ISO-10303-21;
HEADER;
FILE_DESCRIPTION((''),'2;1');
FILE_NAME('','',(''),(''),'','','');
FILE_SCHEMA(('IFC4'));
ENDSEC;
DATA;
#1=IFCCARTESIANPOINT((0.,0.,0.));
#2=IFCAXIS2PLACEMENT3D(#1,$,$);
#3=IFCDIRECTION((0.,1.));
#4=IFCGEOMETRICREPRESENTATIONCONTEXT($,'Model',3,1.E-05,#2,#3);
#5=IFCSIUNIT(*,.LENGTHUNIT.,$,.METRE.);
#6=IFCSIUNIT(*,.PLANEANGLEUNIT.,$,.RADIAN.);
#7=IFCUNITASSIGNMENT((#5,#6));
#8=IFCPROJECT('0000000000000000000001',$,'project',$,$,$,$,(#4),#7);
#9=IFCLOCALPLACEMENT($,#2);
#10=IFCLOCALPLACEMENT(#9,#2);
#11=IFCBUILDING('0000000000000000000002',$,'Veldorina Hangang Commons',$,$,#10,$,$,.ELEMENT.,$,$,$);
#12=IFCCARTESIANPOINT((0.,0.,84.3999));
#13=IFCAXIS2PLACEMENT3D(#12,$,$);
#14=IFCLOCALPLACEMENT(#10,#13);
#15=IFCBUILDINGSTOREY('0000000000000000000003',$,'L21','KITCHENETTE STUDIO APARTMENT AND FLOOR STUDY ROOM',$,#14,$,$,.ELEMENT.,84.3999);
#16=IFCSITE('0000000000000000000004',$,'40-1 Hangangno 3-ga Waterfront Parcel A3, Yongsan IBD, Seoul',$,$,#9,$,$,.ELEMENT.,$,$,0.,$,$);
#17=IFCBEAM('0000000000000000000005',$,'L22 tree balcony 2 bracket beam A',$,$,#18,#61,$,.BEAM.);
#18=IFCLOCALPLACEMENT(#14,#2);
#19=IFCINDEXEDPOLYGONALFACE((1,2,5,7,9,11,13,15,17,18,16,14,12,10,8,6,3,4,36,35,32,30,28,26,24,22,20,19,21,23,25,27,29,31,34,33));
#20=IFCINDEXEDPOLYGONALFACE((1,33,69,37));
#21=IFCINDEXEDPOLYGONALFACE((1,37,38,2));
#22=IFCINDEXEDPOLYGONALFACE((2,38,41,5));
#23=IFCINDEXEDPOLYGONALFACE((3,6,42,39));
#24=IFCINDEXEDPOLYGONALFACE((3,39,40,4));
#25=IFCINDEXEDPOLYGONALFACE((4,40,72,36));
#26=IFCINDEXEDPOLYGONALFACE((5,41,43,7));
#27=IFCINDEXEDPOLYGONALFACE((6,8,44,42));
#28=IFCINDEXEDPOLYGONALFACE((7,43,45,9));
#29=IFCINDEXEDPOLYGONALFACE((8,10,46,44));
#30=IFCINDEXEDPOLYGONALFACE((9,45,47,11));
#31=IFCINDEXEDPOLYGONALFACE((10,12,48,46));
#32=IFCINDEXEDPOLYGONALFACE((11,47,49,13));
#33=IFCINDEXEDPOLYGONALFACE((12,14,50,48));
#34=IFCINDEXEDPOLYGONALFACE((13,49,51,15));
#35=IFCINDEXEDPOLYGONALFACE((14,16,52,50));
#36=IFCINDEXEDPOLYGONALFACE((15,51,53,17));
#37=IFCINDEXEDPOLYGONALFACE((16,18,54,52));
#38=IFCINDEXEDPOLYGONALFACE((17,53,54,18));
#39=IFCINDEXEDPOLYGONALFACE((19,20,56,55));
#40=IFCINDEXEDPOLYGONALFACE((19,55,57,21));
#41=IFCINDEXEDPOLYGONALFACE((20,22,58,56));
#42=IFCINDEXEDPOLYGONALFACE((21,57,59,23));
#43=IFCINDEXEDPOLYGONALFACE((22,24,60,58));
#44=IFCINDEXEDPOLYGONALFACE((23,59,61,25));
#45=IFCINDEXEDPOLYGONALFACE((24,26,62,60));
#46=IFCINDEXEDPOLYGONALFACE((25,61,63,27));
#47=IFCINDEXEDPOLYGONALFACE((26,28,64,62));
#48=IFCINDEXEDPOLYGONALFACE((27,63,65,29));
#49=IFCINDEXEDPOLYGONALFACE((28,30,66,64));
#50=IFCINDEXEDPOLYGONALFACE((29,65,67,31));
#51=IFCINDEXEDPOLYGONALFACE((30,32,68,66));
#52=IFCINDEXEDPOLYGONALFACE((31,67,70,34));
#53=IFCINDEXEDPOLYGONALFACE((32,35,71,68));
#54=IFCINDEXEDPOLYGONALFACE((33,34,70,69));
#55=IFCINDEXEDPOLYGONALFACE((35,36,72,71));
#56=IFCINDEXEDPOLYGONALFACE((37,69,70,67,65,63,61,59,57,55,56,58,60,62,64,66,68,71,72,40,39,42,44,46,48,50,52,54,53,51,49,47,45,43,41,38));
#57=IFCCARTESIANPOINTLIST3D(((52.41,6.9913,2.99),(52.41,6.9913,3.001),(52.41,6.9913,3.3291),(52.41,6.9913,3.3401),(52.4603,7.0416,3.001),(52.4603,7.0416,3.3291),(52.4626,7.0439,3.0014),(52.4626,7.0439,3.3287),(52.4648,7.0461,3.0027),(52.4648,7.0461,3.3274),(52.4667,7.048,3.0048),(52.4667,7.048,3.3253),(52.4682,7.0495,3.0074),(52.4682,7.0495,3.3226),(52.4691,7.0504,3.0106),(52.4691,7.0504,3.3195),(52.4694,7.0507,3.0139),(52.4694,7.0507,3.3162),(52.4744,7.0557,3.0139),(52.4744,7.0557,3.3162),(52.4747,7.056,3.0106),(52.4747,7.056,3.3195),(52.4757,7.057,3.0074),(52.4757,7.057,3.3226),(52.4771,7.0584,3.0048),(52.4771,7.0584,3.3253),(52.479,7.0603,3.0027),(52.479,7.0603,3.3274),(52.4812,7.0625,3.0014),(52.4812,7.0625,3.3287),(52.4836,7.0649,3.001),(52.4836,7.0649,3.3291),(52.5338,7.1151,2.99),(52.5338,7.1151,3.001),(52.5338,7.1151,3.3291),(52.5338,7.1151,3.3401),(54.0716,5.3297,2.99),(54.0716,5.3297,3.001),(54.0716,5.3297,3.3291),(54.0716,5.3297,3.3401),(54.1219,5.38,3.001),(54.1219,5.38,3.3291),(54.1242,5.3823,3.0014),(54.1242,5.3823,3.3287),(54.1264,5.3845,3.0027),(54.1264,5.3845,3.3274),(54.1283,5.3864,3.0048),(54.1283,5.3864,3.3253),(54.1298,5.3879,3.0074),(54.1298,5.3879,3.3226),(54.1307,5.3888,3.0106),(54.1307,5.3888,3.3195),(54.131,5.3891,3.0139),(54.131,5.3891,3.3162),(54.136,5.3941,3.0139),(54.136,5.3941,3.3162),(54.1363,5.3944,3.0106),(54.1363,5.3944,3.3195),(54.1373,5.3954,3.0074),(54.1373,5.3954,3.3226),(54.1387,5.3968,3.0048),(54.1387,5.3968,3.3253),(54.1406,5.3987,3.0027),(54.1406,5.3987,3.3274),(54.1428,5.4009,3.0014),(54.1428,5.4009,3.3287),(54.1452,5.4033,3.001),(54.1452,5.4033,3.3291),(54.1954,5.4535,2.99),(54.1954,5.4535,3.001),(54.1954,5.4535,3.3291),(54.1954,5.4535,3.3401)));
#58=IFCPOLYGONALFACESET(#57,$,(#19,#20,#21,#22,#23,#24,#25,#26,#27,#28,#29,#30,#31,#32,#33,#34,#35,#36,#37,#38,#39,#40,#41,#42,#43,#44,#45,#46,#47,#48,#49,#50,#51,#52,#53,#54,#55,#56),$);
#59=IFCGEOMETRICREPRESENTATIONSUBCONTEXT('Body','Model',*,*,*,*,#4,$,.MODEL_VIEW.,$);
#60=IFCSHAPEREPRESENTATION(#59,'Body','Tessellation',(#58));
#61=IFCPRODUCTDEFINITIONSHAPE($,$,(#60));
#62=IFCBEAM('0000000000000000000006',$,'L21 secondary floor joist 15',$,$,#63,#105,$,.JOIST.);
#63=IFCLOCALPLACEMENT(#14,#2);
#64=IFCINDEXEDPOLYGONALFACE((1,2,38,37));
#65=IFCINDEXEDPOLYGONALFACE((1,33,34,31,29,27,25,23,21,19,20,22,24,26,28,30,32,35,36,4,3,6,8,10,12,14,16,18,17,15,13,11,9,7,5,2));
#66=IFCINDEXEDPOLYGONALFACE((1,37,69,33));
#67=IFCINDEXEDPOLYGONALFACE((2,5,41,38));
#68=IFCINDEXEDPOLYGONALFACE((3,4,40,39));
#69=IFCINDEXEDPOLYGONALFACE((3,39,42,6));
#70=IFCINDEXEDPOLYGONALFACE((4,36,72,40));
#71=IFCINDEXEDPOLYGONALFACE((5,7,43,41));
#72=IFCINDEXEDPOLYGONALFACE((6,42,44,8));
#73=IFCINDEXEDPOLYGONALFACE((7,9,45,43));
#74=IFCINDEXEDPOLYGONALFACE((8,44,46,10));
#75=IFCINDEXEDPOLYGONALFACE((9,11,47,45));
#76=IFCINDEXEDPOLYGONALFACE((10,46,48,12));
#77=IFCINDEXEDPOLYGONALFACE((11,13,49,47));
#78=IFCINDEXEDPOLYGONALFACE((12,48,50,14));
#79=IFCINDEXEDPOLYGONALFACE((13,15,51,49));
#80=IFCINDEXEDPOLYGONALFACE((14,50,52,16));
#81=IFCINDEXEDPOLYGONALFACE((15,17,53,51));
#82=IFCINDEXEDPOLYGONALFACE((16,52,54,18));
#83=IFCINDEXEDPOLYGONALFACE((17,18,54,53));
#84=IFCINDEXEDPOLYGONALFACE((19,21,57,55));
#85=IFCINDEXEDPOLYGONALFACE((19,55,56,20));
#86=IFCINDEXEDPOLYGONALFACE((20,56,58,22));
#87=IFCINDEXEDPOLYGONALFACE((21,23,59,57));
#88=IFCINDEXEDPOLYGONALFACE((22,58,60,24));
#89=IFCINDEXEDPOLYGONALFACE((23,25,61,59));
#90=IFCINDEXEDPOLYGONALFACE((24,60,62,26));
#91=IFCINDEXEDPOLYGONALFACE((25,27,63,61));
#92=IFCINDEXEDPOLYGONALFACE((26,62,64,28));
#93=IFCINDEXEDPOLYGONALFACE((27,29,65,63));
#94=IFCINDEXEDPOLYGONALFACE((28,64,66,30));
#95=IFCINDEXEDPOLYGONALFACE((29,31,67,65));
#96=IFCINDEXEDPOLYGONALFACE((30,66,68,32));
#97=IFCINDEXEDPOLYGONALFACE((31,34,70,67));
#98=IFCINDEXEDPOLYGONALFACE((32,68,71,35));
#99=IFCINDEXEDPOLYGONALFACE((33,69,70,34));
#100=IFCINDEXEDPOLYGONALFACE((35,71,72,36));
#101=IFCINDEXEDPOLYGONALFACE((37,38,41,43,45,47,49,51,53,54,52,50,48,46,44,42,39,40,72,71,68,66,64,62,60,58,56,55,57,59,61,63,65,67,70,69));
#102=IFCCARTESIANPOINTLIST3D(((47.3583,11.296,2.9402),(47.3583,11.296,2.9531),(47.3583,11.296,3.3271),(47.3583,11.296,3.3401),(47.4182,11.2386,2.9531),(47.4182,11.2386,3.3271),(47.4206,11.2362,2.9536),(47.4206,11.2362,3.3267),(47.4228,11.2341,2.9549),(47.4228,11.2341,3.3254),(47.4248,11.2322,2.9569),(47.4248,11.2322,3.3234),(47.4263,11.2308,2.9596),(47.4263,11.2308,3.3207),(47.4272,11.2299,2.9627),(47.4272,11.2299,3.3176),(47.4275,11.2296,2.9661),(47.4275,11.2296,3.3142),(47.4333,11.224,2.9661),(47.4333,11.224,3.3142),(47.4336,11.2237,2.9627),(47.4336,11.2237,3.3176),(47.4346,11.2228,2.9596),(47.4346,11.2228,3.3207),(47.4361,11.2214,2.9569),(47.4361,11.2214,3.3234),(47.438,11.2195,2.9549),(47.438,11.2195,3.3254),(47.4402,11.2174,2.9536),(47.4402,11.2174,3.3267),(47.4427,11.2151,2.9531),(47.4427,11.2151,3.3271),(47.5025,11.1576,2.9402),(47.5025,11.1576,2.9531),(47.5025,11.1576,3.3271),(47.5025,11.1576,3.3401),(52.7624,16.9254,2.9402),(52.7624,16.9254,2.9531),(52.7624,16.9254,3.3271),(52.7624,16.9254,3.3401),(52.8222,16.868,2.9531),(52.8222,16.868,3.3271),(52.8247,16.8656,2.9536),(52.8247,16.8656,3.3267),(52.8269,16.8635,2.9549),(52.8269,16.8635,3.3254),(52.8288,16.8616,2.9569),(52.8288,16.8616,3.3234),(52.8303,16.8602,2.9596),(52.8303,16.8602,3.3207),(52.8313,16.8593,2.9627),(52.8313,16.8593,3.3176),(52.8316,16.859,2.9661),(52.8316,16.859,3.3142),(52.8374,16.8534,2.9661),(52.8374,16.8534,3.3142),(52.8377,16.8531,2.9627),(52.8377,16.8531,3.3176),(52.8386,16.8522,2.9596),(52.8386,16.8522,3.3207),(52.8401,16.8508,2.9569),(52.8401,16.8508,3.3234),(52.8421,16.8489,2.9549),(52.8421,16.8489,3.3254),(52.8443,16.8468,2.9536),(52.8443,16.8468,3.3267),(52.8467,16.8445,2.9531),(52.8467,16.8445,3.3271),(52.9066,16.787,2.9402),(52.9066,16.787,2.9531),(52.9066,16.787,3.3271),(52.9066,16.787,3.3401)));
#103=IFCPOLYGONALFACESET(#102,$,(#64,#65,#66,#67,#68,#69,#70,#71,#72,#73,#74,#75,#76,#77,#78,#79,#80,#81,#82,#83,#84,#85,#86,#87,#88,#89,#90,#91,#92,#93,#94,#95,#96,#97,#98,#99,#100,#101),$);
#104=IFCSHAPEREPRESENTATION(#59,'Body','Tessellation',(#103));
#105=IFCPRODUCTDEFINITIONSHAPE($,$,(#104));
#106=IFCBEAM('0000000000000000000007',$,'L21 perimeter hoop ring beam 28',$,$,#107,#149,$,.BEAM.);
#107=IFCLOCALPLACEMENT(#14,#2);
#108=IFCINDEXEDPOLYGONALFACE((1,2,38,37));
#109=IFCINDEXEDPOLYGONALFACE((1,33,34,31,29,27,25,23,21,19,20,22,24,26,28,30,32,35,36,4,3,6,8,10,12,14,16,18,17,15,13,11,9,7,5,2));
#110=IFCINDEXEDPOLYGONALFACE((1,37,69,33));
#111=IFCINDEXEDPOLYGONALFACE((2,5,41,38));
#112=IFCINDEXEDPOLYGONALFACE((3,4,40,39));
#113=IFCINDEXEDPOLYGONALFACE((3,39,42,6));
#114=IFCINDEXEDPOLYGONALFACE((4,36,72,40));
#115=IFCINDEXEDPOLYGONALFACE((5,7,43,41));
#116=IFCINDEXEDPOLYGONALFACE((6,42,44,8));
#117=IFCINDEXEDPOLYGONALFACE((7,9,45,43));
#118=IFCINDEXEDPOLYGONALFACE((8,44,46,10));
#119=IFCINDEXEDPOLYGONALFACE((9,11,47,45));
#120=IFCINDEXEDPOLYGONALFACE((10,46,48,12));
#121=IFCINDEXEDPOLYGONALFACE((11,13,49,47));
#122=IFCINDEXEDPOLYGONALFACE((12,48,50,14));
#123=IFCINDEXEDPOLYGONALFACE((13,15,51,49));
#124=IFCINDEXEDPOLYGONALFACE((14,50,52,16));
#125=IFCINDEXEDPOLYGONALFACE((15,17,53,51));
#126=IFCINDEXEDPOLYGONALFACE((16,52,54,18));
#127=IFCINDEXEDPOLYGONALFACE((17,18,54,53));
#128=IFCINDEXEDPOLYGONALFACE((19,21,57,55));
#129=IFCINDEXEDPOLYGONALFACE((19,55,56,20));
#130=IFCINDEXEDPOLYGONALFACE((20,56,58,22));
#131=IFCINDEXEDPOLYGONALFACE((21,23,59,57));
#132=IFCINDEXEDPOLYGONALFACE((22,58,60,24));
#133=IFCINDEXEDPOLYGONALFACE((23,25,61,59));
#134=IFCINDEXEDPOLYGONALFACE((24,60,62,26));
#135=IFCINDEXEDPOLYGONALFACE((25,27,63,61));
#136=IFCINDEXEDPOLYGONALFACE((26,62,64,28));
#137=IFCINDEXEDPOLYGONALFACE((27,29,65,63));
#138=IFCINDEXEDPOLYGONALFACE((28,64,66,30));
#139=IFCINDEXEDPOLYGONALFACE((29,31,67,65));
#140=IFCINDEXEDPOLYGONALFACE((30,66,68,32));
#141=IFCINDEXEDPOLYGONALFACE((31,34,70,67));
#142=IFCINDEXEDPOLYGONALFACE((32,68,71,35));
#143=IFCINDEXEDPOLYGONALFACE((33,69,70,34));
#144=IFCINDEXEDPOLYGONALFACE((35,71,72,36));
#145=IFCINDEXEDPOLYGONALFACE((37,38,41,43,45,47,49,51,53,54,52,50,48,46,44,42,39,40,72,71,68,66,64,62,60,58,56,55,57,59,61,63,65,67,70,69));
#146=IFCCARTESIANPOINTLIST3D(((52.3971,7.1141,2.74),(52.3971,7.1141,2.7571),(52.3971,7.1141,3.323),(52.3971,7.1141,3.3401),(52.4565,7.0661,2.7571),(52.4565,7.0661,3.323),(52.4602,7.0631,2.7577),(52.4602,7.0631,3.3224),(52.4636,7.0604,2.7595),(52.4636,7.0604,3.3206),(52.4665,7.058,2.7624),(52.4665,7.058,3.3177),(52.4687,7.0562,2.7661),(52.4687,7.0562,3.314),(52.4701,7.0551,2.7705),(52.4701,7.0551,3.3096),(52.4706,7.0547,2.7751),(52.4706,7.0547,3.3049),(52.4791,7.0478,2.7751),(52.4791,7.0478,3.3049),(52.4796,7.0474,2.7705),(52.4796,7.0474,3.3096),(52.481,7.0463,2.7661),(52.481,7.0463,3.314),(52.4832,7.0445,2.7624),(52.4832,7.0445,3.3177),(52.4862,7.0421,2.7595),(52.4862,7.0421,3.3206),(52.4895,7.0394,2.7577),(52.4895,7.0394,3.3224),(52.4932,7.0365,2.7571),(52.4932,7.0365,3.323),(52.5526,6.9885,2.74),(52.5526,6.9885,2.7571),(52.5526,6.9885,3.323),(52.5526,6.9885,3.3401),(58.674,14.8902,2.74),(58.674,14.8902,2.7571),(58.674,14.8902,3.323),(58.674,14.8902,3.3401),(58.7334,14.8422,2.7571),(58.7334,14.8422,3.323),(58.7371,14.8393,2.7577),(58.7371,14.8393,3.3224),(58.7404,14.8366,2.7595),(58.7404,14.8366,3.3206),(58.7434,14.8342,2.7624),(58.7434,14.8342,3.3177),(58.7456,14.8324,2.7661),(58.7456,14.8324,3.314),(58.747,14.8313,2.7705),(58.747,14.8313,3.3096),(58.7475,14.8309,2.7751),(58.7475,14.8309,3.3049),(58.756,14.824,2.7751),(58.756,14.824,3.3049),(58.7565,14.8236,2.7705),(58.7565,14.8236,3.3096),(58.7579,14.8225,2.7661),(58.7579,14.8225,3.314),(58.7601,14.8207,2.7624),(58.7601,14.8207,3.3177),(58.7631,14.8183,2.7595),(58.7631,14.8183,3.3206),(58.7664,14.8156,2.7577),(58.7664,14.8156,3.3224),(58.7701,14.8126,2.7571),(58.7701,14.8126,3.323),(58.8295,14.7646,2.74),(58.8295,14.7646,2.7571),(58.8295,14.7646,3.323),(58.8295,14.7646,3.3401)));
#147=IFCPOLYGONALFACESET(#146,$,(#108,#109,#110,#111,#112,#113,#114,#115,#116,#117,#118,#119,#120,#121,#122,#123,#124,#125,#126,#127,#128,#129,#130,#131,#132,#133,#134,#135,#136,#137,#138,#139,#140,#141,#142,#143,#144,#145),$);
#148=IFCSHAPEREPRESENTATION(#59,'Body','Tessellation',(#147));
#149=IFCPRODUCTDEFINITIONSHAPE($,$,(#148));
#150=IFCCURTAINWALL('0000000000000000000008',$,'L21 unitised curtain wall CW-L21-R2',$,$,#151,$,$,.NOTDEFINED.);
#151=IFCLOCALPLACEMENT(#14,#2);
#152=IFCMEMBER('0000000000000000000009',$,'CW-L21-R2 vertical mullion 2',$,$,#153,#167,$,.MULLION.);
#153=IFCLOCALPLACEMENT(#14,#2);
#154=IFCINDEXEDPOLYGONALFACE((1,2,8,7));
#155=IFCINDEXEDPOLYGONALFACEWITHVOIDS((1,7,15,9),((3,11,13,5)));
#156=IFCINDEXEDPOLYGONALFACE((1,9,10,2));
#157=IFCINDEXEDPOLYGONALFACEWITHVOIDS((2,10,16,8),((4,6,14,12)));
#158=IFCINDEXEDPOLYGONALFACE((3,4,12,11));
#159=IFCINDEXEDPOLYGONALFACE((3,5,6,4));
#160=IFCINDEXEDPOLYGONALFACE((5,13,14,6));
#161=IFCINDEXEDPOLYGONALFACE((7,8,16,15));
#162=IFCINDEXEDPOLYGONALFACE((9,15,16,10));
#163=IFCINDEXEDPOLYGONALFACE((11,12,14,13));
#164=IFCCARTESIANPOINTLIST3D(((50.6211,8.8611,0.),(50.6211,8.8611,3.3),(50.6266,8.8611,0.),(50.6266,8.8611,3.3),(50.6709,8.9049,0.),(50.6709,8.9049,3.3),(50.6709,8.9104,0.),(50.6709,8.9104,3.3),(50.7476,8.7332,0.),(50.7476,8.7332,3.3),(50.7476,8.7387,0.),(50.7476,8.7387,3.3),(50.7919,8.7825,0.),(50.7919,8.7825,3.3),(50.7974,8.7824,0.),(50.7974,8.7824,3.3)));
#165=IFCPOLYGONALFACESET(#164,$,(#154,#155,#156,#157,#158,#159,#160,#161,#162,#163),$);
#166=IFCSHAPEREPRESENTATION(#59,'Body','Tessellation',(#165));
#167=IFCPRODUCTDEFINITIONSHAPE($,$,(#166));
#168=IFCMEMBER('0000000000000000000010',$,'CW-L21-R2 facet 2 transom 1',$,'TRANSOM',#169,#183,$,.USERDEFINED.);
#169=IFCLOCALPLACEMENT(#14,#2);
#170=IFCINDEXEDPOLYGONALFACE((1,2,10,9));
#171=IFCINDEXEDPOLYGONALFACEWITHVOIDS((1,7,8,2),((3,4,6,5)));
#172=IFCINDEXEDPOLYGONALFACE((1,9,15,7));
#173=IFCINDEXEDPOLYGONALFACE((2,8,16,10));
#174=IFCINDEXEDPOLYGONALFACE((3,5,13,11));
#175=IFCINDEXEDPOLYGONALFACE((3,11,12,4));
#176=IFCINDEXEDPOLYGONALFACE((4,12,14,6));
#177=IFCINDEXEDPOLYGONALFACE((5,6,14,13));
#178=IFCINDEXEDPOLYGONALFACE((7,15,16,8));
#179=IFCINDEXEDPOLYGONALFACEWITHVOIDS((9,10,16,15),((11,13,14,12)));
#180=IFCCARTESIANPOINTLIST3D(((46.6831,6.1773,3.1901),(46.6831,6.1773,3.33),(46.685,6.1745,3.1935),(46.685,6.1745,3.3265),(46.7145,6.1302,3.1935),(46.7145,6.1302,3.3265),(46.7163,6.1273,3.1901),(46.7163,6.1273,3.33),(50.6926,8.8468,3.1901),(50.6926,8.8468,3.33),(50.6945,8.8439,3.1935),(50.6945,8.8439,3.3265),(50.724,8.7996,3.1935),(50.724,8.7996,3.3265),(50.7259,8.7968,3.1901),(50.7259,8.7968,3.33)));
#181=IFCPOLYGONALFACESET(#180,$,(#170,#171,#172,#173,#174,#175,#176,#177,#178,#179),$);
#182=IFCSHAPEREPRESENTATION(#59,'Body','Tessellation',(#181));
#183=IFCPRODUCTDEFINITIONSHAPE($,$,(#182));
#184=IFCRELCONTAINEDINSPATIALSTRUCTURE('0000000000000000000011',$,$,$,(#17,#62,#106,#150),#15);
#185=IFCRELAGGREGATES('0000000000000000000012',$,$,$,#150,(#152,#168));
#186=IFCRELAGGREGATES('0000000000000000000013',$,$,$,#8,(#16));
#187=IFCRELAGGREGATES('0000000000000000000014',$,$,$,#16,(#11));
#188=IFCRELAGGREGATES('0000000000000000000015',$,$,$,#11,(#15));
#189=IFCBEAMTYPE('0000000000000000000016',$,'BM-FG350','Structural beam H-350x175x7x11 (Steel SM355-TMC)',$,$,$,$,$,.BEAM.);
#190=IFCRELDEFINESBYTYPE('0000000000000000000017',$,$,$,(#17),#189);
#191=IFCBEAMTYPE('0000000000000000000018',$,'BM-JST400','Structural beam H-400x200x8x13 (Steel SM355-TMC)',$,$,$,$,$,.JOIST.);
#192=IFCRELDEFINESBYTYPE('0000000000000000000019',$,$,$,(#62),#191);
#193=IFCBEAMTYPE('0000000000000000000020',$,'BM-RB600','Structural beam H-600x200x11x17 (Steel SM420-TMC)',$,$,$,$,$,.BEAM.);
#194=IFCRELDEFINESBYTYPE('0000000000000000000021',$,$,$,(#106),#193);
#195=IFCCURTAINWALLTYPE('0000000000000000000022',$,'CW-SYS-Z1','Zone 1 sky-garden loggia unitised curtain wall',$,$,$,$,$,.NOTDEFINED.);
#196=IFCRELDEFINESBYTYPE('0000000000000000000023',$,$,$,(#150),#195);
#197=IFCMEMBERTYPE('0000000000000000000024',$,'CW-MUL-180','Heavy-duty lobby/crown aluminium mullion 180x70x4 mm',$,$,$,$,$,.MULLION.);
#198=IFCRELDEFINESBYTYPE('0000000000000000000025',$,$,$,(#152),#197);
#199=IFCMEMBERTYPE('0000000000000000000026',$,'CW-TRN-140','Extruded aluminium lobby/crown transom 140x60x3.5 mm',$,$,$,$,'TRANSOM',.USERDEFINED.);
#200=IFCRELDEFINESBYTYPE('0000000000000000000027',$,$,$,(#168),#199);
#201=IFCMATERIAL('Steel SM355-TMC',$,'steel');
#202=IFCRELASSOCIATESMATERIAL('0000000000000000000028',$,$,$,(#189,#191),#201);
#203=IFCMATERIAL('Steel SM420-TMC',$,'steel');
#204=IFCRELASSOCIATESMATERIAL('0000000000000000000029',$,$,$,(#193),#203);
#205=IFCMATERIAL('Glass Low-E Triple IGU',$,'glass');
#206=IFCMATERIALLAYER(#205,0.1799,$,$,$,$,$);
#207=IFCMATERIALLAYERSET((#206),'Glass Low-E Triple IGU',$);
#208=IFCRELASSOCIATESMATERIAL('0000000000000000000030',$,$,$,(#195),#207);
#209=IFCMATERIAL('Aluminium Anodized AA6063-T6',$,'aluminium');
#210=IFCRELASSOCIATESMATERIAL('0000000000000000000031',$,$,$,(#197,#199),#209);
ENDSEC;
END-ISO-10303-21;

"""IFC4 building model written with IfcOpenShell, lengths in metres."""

from ifc_helpers import new_model, si_unit, direction, frame, origin, origin_2d, place, context, subcontext, project, spatial, hollow_rectangle, i_section, extrude, material, layer, layer_set, material_profile, profile_set, type_object, element, aggregate, save


model = new_model("IFC4")

# Units and contexts
model_context = context("Model", 3, precision=1e-05, world=origin(), true_north=direction((0.0, 1.0)))
body_context = subcontext(model_context, "Body", "Model", "MODEL_VIEW")
ifc_project = project(units=[si_unit("LENGTHUNIT", "METRE"), si_unit("PLANEANGLEUNIT", "RADIAN")], contexts=[model_context])

# Site, building, storey
site_placement = place(None, origin())
site = spatial("IfcSite", under=ifc_project, at=site_placement, Name="40-1 Hangangno 3-ga Waterfront Parcel A3, Yongsan IBD, Seoul", CompositionType="ELEMENT", RefElevation=0.0)
building_placement = place(site_placement, origin())
building = spatial("IfcBuilding", under=site, at=building_placement, Name="Veldorina Hangang Commons", CompositionType="ELEMENT")
storey_placement = place(building_placement, frame((0.0, 0.0, 84.3999)))
storey = spatial("IfcBuildingStorey", under=building, at=storey_placement, Name="L21", Description="KITCHENETTE STUDIO APARTMENT AND FLOOR STUDY ROOM", CompositionType="ELEMENT", Elevation=84.3999)

# Beams
ifc_material_1 = material(Name="Steel SM355-TMC", Category="steel")
ifc_material_profile_1 = material_profile(ifc_material_1, i_section(OverallWidth=0.175, OverallDepth=0.3501, WebThickness=0.0071, FlangeThickness=0.011, FilletRadius=0.0129, at=origin_2d()), Name="H-350x175x7x11")
ifc_profile_set_1 = profile_set([ifc_material_profile_1], Name="Steel SM355-TMC")
beam_type_1 = type_object("IfcBeamType", Name="BM-FG350", Description="Structural beam H-350x175x7x11 (Steel SM355-TMC)", PredefinedType="BEAM", material=ifc_profile_set_1)
beam_1_placement = place(storey_placement, frame((52.4719, 7.0532, 3.165), z_axis=(0.707107, -0.707107, 0.0), x_axis=(0.707107, 0.707107, 0.0)))
element("IfcBeam", 1, at=beam_1_placement, inside=storey, type_object=beam_type_1, Name="L22 tree balcony 2 bracket beam A", PredefinedType="BEAM", context=body_context, shape_type="SweptSolid", body=[
    extrude(i_section(OverallWidth=0.175, OverallDepth=0.3501, WebThickness=0.0071, FlangeThickness=0.011, FilletRadius=0.0129, at=origin_2d()), origin(), (0.0, 0.0, 1.0), 2.3499),
])
ifc_material_profile_2 = material_profile(ifc_material_1, i_section(OverallWidth=0.2, OverallDepth=0.3999, WebThickness=0.0081, FlangeThickness=0.0129, FilletRadius=0.0129, at=origin_2d()), Name="H-400x200x8x13")
ifc_profile_set_2 = profile_set([ifc_material_profile_2], Name="Steel SM355-TMC")
beam_type_2 = type_object("IfcBeamType", Name="BM-JST400", Description="Structural beam H-400x200x8x13 (Steel SM355-TMC)", PredefinedType="JOIST", material=ifc_profile_set_2)
beam_2_placement = place(storey_placement, frame((47.4304, 11.2268, 3.1401), z_axis=(0.692521, 0.721398, 0.0), x_axis=(-0.721398, 0.692521, 0.0)))
element("IfcBeam", 2, at=beam_2_placement, inside=storey, type_object=beam_type_2, Name="L21 secondary floor joist 15", PredefinedType="JOIST", context=body_context, shape_type="SweptSolid", body=[
    extrude(i_section(OverallWidth=0.2, OverallDepth=0.3999, WebThickness=0.0081, FlangeThickness=0.0129, FilletRadius=0.0129, at=origin_2d()), origin(), (0.0, 0.0, 1.0), 7.8035),
])
ifc_material_2 = material(Name="Steel SM420-TMC", Category="steel")
ifc_material_profile_3 = material_profile(ifc_material_2, i_section(OverallWidth=0.2, OverallDepth=0.6001, WebThickness=0.011, FlangeThickness=0.0171, FilletRadius=0.0181, at=origin_2d()), Name="H-600x200x11x17")
ifc_profile_set_3 = profile_set([ifc_material_profile_3], Name="Steel SM420-TMC")
beam_type_3 = type_object("IfcBeamType", Name="BM-RB600", Description="Structural beam H-600x200x11x17 (Steel SM420-TMC)", PredefinedType="BEAM", material=ifc_profile_set_3)
beam_3_placement = place(storey_placement, frame((52.4749, 7.0513, 3.04), z_axis=(0.628103, 0.77813, 0.0), x_axis=(-0.77813, 0.628103, 0.0)))
element("IfcBeam", 3, at=beam_3_placement, inside=storey, type_object=beam_type_3, Name="L21 perimeter hoop ring beam 28", PredefinedType="BEAM", context=body_context, shape_type="SweptSolid", body=[
    extrude(i_section(OverallWidth=0.2, OverallDepth=0.6001, WebThickness=0.011, FlangeThickness=0.0171, FilletRadius=0.0181, at=origin_2d()), origin(), (0.0, 0.0, 1.0), 9.9934),
])

# Curtain wall, members
ifc_material_3 = material(Name="Glass Low-E Triple IGU", Category="glass")
ifc_layer_1 = layer(ifc_material_3, 0.1799)
ifc_layer_set_1 = layer_set([ifc_layer_1], Name="Glass Low-E Triple IGU")
curtain_wall_type = type_object("IfcCurtainWallType", Name="CW-SYS-Z1", Description="Zone 1 sky-garden loggia unitised curtain wall", PredefinedType="NOTDEFINED", material=ifc_layer_set_1)
curtain_wall_placement = place(storey_placement, origin())
curtain_wall = element("IfcCurtainWall", 4, at=curtain_wall_placement, inside=storey, type_object=curtain_wall_type, Name="L21 unitised curtain wall CW-L21-R2", PredefinedType="NOTDEFINED")
ifc_material_4 = material(Name="Aluminium Anodized AA6063-T6", Category="aluminium")
ifc_material_profile_4 = material_profile(ifc_material_4, hollow_rectangle(XDim=0.0701, YDim=0.1799, WallThickness=0.0039, at=origin_2d()), Name="ALU-RHS-180x70x4")
ifc_profile_set_4 = profile_set([ifc_material_profile_4], Name="Aluminium Anodized AA6063-T6")
member_type_1 = type_object("IfcMemberType", Name="CW-MUL-180", Description="Heavy-duty lobby/crown aluminium mullion 180x70x4 mm", PredefinedType="MULLION", material=ifc_profile_set_4)
member_1_placement = place(storey_placement, frame((50.7092, 8.8218, 0.0), z_axis=(0.0, 0.0, 1.0), x_axis=(0.71118, 0.70301, 0.0)))
member_1 = element("IfcMember", 5, at=member_1_placement, type_object=member_type_1, Name="CW-L21-R2 vertical mullion 2", PredefinedType="MULLION", context=body_context, shape_type="SweptSolid", body=[
    extrude(hollow_rectangle(XDim=0.0701, YDim=0.1799, WallThickness=0.0039, at=origin_2d()), origin(), (0.0, 0.0, 1.0), 3.3),
])
ifc_material_profile_5 = material_profile(ifc_material_4, hollow_rectangle(XDim=0.0601, YDim=0.1399, WallThickness=0.0034, at=origin_2d()), Name="ALU-RHS-140x60x3.5")
ifc_profile_set_5 = profile_set([ifc_material_profile_5], Name="Aluminium Anodized AA6063-T6")
member_type_2 = type_object("IfcMemberType", Name="CW-TRN-140", Description="Extruded aluminium lobby/crown transom 140x60x3.5 mm", ElementType="TRANSOM", PredefinedType="USERDEFINED", material=ifc_profile_set_5)
member_2_placement = place(storey_placement, frame((46.6997, 6.1523, 3.26), z_axis=(0.832393, 0.554185, 0.0), x_axis=(-0.554185, 0.832393, 0.0)))
member_2 = element("IfcMember", 6, at=member_2_placement, type_object=member_type_2, Name="CW-L21-R2 facet 2 transom 1", ObjectType="TRANSOM", PredefinedType="USERDEFINED", context=body_context, shape_type="SweptSolid", body=[
    extrude(hollow_rectangle(XDim=0.0601, YDim=0.1399, WallThickness=0.0034, at=origin_2d()), origin(), (0.0, 0.0, 1.0), 4.8169),
])

aggregate(curtain_wall, [member_1, member_2])

save(model, "model.ifc")
